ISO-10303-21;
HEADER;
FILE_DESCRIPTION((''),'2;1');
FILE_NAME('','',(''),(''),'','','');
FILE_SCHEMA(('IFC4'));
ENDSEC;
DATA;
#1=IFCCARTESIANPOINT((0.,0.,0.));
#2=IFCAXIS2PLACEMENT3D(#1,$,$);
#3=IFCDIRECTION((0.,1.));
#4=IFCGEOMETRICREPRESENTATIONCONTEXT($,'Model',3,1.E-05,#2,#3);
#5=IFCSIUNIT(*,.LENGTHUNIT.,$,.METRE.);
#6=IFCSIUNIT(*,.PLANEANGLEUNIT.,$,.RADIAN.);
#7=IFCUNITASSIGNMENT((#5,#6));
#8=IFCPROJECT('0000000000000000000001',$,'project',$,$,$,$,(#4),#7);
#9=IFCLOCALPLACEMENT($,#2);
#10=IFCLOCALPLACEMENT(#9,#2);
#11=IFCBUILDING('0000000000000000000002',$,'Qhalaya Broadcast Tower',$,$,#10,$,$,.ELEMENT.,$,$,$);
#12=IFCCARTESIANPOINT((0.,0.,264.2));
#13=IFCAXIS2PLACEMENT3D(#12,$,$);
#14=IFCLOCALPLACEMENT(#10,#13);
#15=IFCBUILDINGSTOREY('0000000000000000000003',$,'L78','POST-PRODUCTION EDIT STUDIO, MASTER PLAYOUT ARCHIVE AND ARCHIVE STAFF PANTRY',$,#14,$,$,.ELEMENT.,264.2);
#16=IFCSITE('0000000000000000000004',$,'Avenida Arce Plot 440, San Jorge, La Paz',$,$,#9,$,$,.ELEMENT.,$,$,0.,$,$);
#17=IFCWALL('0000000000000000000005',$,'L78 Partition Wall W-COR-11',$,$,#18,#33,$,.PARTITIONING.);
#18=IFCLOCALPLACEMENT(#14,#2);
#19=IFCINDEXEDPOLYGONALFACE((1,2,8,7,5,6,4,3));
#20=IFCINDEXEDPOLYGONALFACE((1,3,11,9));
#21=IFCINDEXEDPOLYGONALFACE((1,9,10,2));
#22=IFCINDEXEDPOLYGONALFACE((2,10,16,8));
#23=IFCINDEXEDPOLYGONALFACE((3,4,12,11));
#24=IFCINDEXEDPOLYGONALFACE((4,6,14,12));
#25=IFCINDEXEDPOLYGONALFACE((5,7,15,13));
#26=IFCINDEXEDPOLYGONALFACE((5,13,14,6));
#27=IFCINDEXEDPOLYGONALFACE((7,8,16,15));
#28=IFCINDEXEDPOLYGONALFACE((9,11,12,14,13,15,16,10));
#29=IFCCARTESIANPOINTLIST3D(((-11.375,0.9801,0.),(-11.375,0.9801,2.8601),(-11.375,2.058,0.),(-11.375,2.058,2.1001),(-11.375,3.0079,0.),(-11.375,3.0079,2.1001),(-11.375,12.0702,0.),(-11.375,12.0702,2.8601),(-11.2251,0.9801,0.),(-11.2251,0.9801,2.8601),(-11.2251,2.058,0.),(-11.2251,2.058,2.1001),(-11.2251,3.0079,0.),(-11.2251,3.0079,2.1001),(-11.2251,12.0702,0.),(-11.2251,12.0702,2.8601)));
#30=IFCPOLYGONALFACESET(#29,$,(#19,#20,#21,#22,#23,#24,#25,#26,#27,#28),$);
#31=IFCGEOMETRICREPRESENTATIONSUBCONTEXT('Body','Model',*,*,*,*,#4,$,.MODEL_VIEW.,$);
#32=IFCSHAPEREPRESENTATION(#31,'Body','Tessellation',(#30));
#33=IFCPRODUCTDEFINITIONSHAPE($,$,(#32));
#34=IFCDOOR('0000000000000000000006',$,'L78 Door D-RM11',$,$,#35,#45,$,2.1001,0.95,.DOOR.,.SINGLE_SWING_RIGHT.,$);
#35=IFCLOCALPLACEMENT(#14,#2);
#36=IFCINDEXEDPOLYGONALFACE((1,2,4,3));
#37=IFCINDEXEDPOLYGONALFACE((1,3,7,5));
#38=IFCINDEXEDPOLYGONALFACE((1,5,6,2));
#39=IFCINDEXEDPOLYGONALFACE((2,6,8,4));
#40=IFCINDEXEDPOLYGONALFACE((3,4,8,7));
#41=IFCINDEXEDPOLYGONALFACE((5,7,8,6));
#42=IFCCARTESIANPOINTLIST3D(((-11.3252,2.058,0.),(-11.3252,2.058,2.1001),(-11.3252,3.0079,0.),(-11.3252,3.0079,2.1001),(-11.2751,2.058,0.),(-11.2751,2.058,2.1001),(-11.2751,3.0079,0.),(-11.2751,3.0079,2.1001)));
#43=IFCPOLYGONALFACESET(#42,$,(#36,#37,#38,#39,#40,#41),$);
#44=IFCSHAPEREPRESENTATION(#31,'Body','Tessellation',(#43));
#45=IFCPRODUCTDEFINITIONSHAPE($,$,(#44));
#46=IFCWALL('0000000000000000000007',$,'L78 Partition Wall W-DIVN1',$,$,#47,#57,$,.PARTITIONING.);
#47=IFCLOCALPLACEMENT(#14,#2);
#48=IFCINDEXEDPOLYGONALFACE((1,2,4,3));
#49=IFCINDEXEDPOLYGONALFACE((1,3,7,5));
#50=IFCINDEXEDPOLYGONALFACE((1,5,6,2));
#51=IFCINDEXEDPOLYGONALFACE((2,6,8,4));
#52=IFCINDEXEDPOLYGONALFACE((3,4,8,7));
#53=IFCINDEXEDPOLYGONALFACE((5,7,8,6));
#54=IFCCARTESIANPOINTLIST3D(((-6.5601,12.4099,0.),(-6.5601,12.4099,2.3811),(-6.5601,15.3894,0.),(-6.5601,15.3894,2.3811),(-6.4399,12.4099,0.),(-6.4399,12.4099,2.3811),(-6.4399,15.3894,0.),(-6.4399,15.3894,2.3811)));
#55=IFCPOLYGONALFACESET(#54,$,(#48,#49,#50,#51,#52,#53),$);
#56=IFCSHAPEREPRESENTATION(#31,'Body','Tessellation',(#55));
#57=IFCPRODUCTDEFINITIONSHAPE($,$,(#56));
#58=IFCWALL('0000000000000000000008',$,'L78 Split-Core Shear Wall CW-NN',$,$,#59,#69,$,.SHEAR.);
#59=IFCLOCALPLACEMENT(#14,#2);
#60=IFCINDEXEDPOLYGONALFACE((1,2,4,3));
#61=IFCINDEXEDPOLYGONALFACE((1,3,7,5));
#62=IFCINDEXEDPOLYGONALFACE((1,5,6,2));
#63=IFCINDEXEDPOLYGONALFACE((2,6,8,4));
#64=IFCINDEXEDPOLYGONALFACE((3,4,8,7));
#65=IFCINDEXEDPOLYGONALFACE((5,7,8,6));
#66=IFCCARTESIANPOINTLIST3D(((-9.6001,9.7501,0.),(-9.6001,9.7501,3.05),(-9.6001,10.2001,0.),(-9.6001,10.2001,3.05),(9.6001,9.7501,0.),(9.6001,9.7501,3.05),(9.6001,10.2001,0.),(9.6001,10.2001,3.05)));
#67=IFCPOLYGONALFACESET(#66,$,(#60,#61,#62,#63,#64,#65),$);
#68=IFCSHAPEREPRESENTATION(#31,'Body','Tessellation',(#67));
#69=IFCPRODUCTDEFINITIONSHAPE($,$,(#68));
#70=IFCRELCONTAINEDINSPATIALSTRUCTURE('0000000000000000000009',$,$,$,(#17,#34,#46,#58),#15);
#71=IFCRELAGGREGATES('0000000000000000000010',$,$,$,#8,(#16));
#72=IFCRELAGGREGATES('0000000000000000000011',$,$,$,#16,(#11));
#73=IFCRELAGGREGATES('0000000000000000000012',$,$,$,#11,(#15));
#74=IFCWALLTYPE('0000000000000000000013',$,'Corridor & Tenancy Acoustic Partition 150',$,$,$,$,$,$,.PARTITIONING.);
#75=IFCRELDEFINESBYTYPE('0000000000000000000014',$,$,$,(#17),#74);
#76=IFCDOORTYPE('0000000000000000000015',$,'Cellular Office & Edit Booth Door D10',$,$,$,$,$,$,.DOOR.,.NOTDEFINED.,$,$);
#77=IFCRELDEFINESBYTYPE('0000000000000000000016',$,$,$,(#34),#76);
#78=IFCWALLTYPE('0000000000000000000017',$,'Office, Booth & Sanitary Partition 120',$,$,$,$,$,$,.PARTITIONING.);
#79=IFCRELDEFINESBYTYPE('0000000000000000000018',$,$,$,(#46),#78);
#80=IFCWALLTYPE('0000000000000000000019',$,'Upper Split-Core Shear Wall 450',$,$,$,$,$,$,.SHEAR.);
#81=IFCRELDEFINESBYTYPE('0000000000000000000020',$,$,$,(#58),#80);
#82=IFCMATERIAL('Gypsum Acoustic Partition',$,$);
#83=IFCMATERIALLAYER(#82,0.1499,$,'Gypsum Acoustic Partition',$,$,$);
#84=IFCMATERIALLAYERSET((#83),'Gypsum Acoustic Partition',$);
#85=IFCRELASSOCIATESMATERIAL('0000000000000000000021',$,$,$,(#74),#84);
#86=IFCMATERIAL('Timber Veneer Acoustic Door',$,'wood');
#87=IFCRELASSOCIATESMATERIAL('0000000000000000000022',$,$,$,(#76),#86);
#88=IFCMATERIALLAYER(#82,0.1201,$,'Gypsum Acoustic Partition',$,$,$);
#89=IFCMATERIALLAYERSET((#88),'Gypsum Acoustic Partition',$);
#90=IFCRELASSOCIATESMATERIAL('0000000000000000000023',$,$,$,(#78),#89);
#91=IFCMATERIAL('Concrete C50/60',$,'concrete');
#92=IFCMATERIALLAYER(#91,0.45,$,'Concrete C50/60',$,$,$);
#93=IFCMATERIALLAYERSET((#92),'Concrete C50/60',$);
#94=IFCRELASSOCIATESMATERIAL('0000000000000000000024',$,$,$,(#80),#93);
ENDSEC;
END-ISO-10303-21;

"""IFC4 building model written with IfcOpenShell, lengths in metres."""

from ifc_helpers import new_model, si_unit, direction, frame, frame_2d, origin, place, context, subcontext, project, spatial, rectangle, extrude, material, layer, layer_set, type_object, element, fill, save


model = new_model("IFC4")

# Units and contexts
model_context = context("Model", 3, precision=1e-05, world=origin(), true_north=direction((0.0, 1.0)))
body_context = subcontext(model_context, "Body", "Model", "MODEL_VIEW")
ifc_project = project(units=[si_unit("LENGTHUNIT", "METRE"), si_unit("PLANEANGLEUNIT", "RADIAN")], contexts=[model_context])

# Site, building, storey
site_placement = place(None, origin())
site = spatial("IfcSite", under=ifc_project, at=site_placement, Name="Avenida Arce Plot 440, San Jorge, La Paz", CompositionType="ELEMENT", RefElevation=0.0)
building_placement = place(site_placement, origin())
building = spatial("IfcBuilding", under=site, at=building_placement, Name="Qhalaya Broadcast Tower", CompositionType="ELEMENT")
storey_placement = place(building_placement, frame((0.0, 0.0, 264.2)))
storey = spatial("IfcBuildingStorey", under=building, at=storey_placement, Name="L78", Description="POST-PRODUCTION EDIT STUDIO, MASTER PLAYOUT ARCHIVE AND ARCHIVE STAFF PANTRY", CompositionType="ELEMENT", Elevation=264.2)

# Shared definitions
ifc_material_1 = material(Name="Concrete C50/60", Category="concrete")

# Shared definitions
ifc_material_2 = material(Name="Gypsum Acoustic Partition")
ifc_layer_1 = layer(ifc_material_2, 0.1499, Name="Gypsum Acoustic Partition")
ifc_layer_set_1 = layer_set([ifc_layer_1], Name="Gypsum Acoustic Partition")
wall_type_1 = type_object("IfcWallType", Name="Corridor & Tenancy Acoustic Partition 150", PredefinedType="PARTITIONING", material=ifc_layer_set_1)
ifc_material_3 = material(Name="Timber Veneer Acoustic Door", Category="wood")
door_type = type_object("IfcDoorType", Name="Cellular Office & Edit Booth Door D10", OperationType="NOTDEFINED", PredefinedType="DOOR", material=ifc_material_3)

# Wall, opening, door
wall_1_placement = place(storey_placement, frame((-11.3, 12.0701, 0.0), z_axis=(0.0, 0.0, 1.0), x_axis=(0.0, -1.0, 0.0)))
wall_1 = element("IfcWall", 1, at=wall_1_placement, inside=storey, type_object=wall_type_1, Name="L78 Partition Wall W-COR-11", PredefinedType="PARTITIONING", context=body_context, shape_type="SweptSolid", body=[
    extrude(rectangle(XDim=11.0901, YDim=0.1499, at=frame_2d((5.5449, 0.0))), origin(), (0.0, 0.0, 1.0), 2.8601),
])
opening_1_placement = place(wall_1_placement, frame((9.062, 0.0, 0.0)))
opening_1 = element("IfcOpeningElement", 2, at=opening_1_placement, cuts=wall_1, PredefinedType="OPENING", context=body_context, shape_type="SweptSolid", body=[
    extrude(rectangle(XDim=0.95, YDim=2.1001, at=frame_2d((0.4751, 1.05))), frame((0.0, 0.0869, 0.0), z_axis=(0.0, -1.0, 0.0), x_axis=(1.0, 0.0, 0.0)), (0.0, 0.0, 1.0), 0.1738),
])
door_1_placement = place(opening_1_placement, origin())
door_1 = element("IfcDoor", 3, at=door_1_placement, inside=storey, type_object=door_type, Name="L78 Door D-RM11", OperationType="SINGLE_SWING_RIGHT", OverallHeight=2.1001, OverallWidth=0.95, PredefinedType="DOOR", context=body_context, shape_type="SweptSolid", body=[
    extrude(rectangle(XDim=0.95, YDim=2.1001, at=frame_2d((0.4751, 1.05))), frame((0.0, 0.0249, 0.0), z_axis=(0.0, -1.0, 0.0), x_axis=(1.0, 0.0, 0.0)), (0.0, 0.0, 1.0), 0.05),
])
fill(opening_1, door_1)

# Walls
ifc_layer_2 = layer(ifc_material_2, 0.1201, Name="Gypsum Acoustic Partition")
ifc_layer_set_2 = layer_set([ifc_layer_2], Name="Gypsum Acoustic Partition")
wall_type_2 = type_object("IfcWallType", Name="Office, Booth & Sanitary Partition 120", PredefinedType="PARTITIONING", material=ifc_layer_set_2)
wall_2_placement = place(storey_placement, frame((-6.5, 12.4099, 0.0), z_axis=(0.0, 0.0, 1.0), x_axis=(0.0, 1.0, 0.0)))
element("IfcWall", 4, at=wall_2_placement, inside=storey, type_object=wall_type_2, Name="L78 Partition Wall W-DIVN1", PredefinedType="PARTITIONING", context=body_context, shape_type="SweptSolid", body=[
    extrude(rectangle(XDim=2.9795, YDim=0.1201, at=frame_2d((1.4897, 0.0))), origin(), (0.0, 0.0, 1.0), 2.3811),
])
ifc_layer_3 = layer(ifc_material_1, 0.45, Name="Concrete C50/60")
ifc_layer_set_3 = layer_set([ifc_layer_3], Name="Concrete C50/60")
wall_type_3 = type_object("IfcWallType", Name="Upper Split-Core Shear Wall 450", PredefinedType="SHEAR", material=ifc_layer_set_3)
wall_3_placement = place(storey_placement, frame((-9.6001, 9.9751, 0.0), z_axis=(0.0, 0.0, 1.0), x_axis=(1.0, 0.0, 0.0)))
element("IfcWall", 5, at=wall_3_placement, inside=storey, type_object=wall_type_3, Name="L78 Split-Core Shear Wall CW-NN", PredefinedType="SHEAR", context=body_context, shape_type="SweptSolid", body=[
    extrude(rectangle(XDim=19.2002, YDim=0.45, at=frame_2d((9.6001, 0.0))), origin(), (0.0, 0.0, 1.0), 3.05),
])

save(model, "model.ifc")
